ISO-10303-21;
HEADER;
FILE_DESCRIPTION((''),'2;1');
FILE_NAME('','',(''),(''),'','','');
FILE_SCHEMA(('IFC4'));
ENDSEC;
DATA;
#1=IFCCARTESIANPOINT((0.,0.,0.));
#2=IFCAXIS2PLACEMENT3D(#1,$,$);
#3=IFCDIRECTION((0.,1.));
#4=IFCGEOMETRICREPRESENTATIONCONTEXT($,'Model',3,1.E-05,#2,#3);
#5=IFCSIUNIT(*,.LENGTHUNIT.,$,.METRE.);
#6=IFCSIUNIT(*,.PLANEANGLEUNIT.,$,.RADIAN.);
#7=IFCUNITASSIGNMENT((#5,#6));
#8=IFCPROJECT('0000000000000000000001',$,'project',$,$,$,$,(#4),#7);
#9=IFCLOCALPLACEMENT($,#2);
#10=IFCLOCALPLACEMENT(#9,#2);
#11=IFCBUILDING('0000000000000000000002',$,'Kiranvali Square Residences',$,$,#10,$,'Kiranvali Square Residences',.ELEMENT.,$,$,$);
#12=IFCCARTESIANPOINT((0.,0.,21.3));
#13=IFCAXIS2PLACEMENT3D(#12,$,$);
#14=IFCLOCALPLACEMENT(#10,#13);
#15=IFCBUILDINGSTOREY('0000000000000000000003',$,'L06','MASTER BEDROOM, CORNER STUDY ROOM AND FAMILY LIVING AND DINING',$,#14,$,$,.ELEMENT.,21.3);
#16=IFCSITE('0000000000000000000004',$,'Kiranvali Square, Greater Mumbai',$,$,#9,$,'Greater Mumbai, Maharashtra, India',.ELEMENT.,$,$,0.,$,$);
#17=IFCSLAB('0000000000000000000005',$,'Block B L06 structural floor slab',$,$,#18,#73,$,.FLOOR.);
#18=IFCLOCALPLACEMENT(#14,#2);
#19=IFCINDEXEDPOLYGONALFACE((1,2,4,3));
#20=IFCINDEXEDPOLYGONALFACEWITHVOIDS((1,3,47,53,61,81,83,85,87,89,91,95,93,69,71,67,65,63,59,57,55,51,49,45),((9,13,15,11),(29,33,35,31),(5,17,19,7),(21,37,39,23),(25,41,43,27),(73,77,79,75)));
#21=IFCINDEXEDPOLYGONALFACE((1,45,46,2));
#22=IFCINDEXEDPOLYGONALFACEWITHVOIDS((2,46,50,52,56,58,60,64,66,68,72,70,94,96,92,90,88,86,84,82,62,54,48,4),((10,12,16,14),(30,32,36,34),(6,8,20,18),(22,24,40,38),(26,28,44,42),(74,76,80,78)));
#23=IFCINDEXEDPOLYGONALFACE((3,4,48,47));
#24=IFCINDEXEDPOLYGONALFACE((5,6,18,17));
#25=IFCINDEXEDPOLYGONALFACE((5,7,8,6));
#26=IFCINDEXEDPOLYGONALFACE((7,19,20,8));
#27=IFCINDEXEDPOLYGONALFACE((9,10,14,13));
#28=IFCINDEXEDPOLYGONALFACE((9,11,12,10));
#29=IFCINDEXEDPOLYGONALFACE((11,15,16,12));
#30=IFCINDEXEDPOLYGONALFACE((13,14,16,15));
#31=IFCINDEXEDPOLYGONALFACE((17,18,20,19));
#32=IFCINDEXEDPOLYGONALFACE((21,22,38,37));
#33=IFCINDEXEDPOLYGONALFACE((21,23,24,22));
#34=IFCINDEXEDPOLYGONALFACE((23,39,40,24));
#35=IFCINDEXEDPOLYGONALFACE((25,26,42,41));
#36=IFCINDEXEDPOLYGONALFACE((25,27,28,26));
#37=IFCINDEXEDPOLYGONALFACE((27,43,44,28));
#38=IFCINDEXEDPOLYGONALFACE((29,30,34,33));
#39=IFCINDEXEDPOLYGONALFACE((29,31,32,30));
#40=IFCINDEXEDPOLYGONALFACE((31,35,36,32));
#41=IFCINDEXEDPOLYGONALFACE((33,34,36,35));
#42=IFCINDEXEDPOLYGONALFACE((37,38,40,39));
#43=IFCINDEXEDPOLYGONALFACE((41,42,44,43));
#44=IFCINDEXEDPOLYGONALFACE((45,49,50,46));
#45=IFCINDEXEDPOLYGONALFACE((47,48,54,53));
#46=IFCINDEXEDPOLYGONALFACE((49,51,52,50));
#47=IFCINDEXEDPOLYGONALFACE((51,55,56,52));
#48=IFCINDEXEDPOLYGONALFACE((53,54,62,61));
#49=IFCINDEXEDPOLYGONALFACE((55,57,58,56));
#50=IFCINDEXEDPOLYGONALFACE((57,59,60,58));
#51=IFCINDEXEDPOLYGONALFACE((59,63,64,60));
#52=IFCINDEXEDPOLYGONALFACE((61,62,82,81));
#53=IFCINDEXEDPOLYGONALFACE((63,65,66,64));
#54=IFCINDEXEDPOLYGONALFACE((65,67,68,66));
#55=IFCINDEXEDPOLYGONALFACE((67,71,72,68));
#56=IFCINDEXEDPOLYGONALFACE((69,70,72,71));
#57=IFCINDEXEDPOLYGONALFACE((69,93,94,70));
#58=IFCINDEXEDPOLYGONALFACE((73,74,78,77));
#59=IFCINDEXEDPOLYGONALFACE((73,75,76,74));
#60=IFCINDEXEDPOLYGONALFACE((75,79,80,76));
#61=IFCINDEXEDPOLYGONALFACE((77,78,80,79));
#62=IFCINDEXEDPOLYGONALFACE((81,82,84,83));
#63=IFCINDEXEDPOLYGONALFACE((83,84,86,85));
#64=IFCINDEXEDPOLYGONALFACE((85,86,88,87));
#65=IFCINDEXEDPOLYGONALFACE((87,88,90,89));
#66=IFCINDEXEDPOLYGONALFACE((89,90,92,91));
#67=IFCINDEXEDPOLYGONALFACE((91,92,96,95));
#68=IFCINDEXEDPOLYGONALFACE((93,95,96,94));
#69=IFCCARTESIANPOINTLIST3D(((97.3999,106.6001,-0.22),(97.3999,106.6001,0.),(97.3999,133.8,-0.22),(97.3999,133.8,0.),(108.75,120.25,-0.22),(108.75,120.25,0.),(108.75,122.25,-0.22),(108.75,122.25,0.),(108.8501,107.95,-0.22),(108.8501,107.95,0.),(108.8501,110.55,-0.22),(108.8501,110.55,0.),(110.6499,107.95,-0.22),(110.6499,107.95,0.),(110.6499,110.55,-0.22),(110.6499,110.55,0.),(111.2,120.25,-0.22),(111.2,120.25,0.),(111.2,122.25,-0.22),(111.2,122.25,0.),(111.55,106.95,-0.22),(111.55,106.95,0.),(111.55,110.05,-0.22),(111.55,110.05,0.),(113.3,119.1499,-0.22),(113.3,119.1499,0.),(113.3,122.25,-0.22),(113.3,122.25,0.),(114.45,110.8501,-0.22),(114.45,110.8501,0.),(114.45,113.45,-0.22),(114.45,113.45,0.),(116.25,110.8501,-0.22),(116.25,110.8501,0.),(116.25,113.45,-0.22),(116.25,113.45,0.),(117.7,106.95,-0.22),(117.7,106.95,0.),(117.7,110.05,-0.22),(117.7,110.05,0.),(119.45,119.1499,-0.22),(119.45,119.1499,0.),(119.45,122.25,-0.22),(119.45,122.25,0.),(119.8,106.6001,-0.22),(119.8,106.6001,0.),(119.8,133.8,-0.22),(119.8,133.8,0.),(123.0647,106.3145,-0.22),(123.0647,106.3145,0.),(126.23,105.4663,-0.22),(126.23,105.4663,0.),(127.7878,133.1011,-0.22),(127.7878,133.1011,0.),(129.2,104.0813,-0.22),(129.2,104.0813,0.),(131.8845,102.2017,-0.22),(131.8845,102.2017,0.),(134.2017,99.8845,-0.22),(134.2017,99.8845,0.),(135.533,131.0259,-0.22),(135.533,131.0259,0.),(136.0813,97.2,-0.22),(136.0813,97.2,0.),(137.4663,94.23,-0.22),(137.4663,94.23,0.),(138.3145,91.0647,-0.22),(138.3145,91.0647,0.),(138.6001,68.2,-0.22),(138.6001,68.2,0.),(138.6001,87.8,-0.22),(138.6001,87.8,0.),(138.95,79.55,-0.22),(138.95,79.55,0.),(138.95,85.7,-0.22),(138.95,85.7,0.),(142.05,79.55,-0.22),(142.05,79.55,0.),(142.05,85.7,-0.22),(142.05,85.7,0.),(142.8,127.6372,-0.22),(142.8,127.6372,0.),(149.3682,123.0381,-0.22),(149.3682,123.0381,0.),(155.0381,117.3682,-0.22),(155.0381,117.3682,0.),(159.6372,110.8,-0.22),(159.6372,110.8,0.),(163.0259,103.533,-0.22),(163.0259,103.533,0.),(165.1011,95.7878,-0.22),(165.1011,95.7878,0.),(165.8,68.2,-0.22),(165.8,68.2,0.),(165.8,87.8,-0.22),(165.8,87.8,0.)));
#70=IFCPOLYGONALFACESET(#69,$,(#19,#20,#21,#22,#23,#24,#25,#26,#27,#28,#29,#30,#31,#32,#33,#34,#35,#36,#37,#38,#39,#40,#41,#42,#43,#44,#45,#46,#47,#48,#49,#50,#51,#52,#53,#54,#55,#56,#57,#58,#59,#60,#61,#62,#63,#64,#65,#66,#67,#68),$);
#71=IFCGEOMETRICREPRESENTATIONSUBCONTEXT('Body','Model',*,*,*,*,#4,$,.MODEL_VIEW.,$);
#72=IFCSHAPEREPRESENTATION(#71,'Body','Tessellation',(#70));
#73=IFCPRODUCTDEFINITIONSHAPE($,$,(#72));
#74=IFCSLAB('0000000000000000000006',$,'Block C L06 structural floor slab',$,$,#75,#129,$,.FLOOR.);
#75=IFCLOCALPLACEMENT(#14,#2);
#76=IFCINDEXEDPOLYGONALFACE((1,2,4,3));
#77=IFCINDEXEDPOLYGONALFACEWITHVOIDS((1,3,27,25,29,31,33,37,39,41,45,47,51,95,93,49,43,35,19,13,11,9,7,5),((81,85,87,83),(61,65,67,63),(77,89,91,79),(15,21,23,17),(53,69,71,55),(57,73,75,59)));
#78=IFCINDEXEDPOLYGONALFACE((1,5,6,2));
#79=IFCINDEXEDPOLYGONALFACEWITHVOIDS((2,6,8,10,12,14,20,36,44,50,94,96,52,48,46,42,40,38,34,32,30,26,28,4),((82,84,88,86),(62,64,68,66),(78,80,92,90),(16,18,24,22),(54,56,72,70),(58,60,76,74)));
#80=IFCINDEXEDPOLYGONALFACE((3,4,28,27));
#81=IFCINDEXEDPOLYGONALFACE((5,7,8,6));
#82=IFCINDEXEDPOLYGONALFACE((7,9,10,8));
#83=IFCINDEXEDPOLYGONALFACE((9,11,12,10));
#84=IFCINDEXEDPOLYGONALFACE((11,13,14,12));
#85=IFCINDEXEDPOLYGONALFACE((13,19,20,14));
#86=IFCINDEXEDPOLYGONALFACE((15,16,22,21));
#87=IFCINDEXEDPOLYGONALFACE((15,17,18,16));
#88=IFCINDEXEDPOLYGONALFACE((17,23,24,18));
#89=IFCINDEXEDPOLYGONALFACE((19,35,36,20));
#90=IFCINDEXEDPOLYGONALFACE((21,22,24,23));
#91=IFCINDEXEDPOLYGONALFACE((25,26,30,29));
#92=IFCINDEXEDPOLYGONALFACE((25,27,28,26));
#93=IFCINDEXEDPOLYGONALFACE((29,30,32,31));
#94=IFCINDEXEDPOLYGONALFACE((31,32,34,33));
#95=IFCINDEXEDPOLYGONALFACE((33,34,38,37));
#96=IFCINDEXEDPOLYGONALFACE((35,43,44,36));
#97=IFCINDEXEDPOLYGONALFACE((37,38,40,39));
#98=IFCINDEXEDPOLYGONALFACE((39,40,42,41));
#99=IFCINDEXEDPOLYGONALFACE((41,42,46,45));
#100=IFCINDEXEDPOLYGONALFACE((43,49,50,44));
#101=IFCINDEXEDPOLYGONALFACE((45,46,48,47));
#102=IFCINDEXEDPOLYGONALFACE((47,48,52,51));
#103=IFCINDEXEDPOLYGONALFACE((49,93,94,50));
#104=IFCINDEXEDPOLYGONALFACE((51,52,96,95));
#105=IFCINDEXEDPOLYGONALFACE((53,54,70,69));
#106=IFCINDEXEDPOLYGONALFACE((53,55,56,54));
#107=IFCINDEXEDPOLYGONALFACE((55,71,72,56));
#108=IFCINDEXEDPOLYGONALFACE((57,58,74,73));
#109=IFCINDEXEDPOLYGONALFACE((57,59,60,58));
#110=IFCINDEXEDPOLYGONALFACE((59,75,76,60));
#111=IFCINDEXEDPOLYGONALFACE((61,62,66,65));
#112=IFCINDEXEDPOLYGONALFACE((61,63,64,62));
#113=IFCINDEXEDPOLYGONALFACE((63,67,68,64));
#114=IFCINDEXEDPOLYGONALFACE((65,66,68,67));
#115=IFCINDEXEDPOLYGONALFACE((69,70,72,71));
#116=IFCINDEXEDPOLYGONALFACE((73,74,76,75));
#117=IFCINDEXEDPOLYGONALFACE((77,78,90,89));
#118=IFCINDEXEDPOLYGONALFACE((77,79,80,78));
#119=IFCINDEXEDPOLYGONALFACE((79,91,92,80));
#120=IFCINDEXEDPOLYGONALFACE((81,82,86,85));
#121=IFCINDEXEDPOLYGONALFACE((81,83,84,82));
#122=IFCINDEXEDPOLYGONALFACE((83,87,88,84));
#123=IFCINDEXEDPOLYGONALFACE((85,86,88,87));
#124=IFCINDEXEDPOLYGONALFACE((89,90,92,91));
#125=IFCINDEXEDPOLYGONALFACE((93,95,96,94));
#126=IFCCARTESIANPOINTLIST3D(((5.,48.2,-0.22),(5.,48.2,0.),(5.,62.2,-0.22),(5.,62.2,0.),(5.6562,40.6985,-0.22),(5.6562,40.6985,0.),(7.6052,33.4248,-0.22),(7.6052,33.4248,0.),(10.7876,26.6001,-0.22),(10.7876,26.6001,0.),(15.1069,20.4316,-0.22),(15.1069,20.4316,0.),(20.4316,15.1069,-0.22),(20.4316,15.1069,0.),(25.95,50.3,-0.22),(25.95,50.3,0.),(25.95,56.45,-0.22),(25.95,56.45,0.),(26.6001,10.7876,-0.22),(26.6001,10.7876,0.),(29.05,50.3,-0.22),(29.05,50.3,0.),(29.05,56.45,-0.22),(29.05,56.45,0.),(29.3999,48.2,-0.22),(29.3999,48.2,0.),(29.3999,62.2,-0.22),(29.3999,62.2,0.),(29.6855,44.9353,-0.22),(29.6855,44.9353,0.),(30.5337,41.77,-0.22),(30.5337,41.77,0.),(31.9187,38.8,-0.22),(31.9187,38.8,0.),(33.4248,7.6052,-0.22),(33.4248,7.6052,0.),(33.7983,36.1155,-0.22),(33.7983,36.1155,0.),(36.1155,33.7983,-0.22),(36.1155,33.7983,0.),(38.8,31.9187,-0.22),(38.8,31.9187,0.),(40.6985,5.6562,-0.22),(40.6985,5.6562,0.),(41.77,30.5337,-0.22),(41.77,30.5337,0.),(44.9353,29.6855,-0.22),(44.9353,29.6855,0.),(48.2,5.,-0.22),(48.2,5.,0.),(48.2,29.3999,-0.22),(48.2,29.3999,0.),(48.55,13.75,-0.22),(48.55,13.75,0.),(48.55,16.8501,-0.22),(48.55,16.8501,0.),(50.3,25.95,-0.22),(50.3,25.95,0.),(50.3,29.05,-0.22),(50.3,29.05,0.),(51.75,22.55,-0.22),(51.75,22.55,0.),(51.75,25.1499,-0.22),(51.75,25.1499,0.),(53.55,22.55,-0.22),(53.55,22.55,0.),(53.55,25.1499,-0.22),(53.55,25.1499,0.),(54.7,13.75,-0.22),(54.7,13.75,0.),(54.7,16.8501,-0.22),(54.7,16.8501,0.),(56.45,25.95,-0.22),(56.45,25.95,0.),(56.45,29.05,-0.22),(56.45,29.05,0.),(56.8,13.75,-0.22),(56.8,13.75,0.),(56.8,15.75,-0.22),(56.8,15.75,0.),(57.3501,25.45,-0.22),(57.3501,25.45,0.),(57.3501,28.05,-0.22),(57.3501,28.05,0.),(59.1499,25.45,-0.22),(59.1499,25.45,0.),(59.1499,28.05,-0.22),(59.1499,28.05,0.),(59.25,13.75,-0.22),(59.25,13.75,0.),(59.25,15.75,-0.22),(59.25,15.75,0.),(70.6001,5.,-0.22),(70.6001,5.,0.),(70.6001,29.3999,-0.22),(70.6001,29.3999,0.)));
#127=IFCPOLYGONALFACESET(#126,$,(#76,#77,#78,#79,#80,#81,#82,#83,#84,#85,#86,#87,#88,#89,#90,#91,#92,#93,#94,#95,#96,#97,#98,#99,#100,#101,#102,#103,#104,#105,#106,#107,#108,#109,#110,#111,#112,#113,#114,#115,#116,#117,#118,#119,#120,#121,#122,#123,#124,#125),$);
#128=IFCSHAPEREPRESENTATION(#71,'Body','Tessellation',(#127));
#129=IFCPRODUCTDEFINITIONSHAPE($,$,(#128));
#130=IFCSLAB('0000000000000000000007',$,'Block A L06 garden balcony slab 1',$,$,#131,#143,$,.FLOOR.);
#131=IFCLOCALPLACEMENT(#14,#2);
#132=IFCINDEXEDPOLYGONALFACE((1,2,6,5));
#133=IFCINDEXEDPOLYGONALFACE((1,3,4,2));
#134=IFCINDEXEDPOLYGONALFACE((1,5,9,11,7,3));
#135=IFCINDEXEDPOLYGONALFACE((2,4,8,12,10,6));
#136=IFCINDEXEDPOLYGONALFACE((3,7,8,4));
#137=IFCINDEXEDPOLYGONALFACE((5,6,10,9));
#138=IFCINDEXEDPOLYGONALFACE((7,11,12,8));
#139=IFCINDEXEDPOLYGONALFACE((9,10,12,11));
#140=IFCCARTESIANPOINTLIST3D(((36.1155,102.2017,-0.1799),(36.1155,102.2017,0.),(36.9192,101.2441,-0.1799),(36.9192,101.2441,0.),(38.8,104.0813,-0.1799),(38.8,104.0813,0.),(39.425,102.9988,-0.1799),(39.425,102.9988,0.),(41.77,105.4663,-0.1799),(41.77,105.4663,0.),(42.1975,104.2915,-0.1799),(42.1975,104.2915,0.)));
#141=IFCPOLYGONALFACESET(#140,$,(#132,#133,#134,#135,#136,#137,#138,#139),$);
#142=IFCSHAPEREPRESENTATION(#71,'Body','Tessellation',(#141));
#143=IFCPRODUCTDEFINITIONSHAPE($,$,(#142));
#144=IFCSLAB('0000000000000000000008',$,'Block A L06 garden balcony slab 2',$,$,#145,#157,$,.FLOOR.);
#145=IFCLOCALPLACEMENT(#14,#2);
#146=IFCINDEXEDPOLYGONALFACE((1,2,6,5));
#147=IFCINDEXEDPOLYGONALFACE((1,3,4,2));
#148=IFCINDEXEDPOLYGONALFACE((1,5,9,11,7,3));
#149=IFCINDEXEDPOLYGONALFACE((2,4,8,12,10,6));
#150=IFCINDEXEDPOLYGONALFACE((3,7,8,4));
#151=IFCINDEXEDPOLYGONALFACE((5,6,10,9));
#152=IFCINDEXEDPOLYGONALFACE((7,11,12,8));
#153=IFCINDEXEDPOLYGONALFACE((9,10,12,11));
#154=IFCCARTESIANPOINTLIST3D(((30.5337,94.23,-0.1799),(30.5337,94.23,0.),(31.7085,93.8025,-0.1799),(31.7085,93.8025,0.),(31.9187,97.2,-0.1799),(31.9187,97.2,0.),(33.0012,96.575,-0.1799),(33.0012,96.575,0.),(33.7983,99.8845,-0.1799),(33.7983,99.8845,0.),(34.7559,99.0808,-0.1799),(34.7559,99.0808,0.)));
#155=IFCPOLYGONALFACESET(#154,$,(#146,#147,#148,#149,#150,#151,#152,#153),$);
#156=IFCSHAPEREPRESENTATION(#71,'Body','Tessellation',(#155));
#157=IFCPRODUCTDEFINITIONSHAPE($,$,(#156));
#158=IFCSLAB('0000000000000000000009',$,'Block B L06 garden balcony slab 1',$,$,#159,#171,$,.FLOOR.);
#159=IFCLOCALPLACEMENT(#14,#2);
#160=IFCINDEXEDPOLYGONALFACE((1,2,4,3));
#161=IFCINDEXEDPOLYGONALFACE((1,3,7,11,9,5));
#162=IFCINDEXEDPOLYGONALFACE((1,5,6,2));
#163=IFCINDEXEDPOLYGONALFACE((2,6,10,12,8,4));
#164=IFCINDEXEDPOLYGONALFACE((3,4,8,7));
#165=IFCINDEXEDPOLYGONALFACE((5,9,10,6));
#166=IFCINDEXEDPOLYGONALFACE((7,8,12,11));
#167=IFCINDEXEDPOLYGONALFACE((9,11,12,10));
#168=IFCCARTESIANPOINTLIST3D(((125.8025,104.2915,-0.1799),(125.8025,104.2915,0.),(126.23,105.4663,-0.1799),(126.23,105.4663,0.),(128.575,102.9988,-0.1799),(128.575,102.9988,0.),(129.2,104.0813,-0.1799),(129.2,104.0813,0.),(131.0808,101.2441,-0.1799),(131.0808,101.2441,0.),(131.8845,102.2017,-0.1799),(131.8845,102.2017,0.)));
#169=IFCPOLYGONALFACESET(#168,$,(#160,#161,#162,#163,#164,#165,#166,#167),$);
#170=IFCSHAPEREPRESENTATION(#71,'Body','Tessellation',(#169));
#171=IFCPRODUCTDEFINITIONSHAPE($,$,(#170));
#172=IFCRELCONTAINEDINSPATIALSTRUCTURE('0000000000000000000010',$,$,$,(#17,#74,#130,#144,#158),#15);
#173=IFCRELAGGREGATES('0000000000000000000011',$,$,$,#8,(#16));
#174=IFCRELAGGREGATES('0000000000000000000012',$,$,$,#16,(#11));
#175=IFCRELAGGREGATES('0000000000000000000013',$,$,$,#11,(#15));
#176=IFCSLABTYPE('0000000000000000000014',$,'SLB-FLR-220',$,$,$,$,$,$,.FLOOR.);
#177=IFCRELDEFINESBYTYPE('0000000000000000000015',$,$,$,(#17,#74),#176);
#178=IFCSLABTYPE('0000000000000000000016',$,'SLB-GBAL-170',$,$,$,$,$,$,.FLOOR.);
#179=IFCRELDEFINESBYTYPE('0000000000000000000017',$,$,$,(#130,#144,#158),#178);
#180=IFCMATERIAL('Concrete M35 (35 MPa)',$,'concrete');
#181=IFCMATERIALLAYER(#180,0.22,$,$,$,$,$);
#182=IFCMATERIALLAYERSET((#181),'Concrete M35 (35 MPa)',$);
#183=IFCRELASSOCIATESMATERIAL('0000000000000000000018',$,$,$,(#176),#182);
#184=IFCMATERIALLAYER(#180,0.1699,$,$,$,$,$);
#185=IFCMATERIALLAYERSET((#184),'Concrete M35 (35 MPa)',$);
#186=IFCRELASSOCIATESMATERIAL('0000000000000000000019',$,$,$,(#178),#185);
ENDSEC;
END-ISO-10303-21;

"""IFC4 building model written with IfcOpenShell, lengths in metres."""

from ifc_helpers import new_model, si_unit, direction, frame, origin, place, context, subcontext, project, spatial, polyline, outline, extrude, material, layer, layer_set, type_object, element, save


model = new_model("IFC4")

# Units and contexts
model_context = context("Model", 3, precision=1e-05, world=origin(), true_north=direction((0.0, 1.0)))
body_context = subcontext(model_context, "Body", "Model", "MODEL_VIEW")
ifc_project = project(units=[si_unit("LENGTHUNIT", "METRE"), si_unit("PLANEANGLEUNIT", "RADIAN")], contexts=[model_context])

# Site, building, storey
site_placement = place(None, origin())
site = spatial("IfcSite", under=ifc_project, at=site_placement, Name="Kiranvali Square, Greater Mumbai", LongName="Greater Mumbai, Maharashtra, India", CompositionType="ELEMENT", RefElevation=0.0)
building_placement = place(site_placement, origin())
building = spatial("IfcBuilding", under=site, at=building_placement, Name="Kiranvali Square Residences", LongName="Kiranvali Square Residences", CompositionType="ELEMENT")
storey_placement = place(building_placement, frame((0.0, 0.0, 21.3)))
storey = spatial("IfcBuildingStorey", under=building, at=storey_placement, Name="L06", Description="MASTER BEDROOM, CORNER STUDY ROOM AND FAMILY LIVING AND DINING", CompositionType="ELEMENT", Elevation=21.3)

# Slabs
ifc_material_1 = material(Name="Concrete M35 (35 MPa)", Category="concrete")
ifc_layer_1 = layer(ifc_material_1, 0.22)
ifc_layer_set_1 = layer_set([ifc_layer_1], Name="Concrete M35 (35 MPa)")
slab_type_1 = type_object("IfcSlabType", Name="SLB-FLR-220", PredefinedType="FLOOR", material=ifc_layer_set_1)
slab_1_placement = place(storey_placement, frame((0.0, 0.0, -0.22)))
element("IfcSlab", 1, at=slab_1_placement, inside=storey, type_object=slab_type_1, Name="Block B L06 structural floor slab", PredefinedType="FLOOR", context=body_context, shape_type="SweptSolid", body=[
    extrude(outline(polyline([(119.8, 106.6001), (123.0647, 106.3145), (126.23, 105.4663), (129.2, 104.0813), (131.8845, 102.2017), (134.2017, 99.8845), (136.0813, 97.2), (137.4663, 94.23), (138.3145, 91.0647), (138.6001, 87.8), (138.6001, 68.2), (165.8, 68.2), (165.8, 87.8), (165.1011, 95.7878), (163.0259, 103.533), (159.6372, 110.8), (155.0381, 117.3682), (149.3682, 123.0381), (142.8, 127.6372), (135.533, 131.0259), (127.7878, 133.1011), (119.8, 133.8), (97.3999, 133.8), (97.3999, 106.6001), (119.8, 106.6001)]), holes=[polyline([(108.75, 120.25), (111.2, 120.25), (111.2, 122.25), (108.75, 122.25), (108.75, 120.25)]), polyline([(108.8501, 107.95), (110.6499, 107.95), (110.6499, 110.55), (108.8501, 110.55), (108.8501, 107.95)]), polyline([(114.45, 110.8501), (116.25, 110.8501), (116.25, 113.45), (114.45, 113.45), (114.45, 110.8501)]), polyline([(113.3, 119.1499), (119.45, 119.1499), (119.45, 122.25), (113.3, 122.25), (113.3, 119.1499)]), polyline([(117.7, 110.05), (111.55, 110.05), (111.55, 106.95), (117.7, 106.95), (117.7, 110.05)]), polyline([(138.95, 85.7), (138.95, 79.55), (142.05, 79.55), (142.05, 85.7), (138.95, 85.7)])]), origin(), (0.0, 0.0, 1.0), 0.22),
])
slab_2_placement = place(storey_placement, frame((0.0, 0.0, -0.22)))
element("IfcSlab", 2, at=slab_2_placement, inside=storey, type_object=slab_type_1, Name="Block C L06 structural floor slab", PredefinedType="FLOOR", context=body_context, shape_type="SweptSolid", body=[
    extrude(outline(polyline([(48.2, 29.3999), (44.9353, 29.6855), (41.77, 30.5337), (38.8, 31.9187), (36.1155, 33.7983), (33.7983, 36.1155), (31.9187, 38.8), (30.5337, 41.77), (29.6855, 44.9353), (29.3999, 48.2), (29.3999, 62.2), (5.0, 62.2), (5.0, 48.2), (5.6562, 40.6985), (7.6052, 33.4248), (10.7876, 26.6001), (15.1069, 20.4316), (20.4316, 15.1069), (26.6001, 10.7876), (33.4248, 7.6052), (40.6985, 5.6562), (48.2, 5.0), (70.6001, 5.0), (70.6001, 29.3999), (48.2, 29.3999)]), holes=[polyline([(56.8, 13.75), (59.25, 13.75), (59.25, 15.75), (56.8, 15.75), (56.8, 13.75)]), polyline([(57.3501, 25.45), (59.1499, 25.45), (59.1499, 28.05), (57.3501, 28.05), (57.3501, 25.45)]), polyline([(51.75, 22.55), (53.55, 22.55), (53.55, 25.1499), (51.75, 25.1499), (51.75, 22.55)]), polyline([(54.7, 16.8501), (48.55, 16.8501), (48.55, 13.75), (54.7, 13.75), (54.7, 16.8501)]), polyline([(50.3, 25.95), (56.45, 25.95), (56.45, 29.05), (50.3, 29.05), (50.3, 25.95)]), polyline([(29.05, 50.3), (29.05, 56.45), (25.95, 56.45), (25.95, 50.3), (29.05, 50.3)])]), origin(), (0.0, 0.0, 1.0), 0.22),
])
ifc_layer_2 = layer(ifc_material_1, 0.1699)
ifc_layer_set_2 = layer_set([ifc_layer_2], Name="Concrete M35 (35 MPa)")
slab_type_2 = type_object("IfcSlabType", Name="SLB-GBAL-170", PredefinedType="FLOOR", material=ifc_layer_set_2)
slab_3_placement = place(storey_placement, frame((0.0, 0.0, -0.1799)))
element("IfcSlab", 3, at=slab_3_placement, inside=storey, type_object=slab_type_2, Name="Block A L06 garden balcony slab 1", PredefinedType="FLOOR", context=body_context, shape_type="SweptSolid", body=[
    extrude(outline(polyline([(41.77, 105.4663), (38.8, 104.0813), (36.1155, 102.2017), (36.9192, 101.2441), (39.425, 102.9988), (42.1975, 104.2915), (41.77, 105.4663)])), origin(), (0.0, 0.0, 1.0), 0.1799),
])
slab_4_placement = place(storey_placement, frame((0.0, 0.0, -0.1799)))
element("IfcSlab", 4, at=slab_4_placement, inside=storey, type_object=slab_type_2, Name="Block A L06 garden balcony slab 2", PredefinedType="FLOOR", context=body_context, shape_type="SweptSolid", body=[
    extrude(outline(polyline([(33.7983, 99.8845), (31.9187, 97.2), (30.5337, 94.23), (31.7085, 93.8025), (33.0012, 96.575), (34.7559, 99.0808), (33.7983, 99.8845)])), origin(), (0.0, 0.0, 1.0), 0.1799),
])
slab_5_placement = place(storey_placement, frame((0.0, 0.0, -0.1799)))
element("IfcSlab", 5, at=slab_5_placement, inside=storey, type_object=slab_type_2, Name="Block B L06 garden balcony slab 1", PredefinedType="FLOOR", context=body_context, shape_type="SweptSolid", body=[
    extrude(outline(polyline([(125.8025, 104.2915), (128.575, 102.9988), (131.0808, 101.2441), (131.8845, 102.2017), (129.2, 104.0813), (126.23, 105.4663), (125.8025, 104.2915)])), origin(), (0.0, 0.0, 1.0), 0.1799),
])

save(model, "model.ifc")
